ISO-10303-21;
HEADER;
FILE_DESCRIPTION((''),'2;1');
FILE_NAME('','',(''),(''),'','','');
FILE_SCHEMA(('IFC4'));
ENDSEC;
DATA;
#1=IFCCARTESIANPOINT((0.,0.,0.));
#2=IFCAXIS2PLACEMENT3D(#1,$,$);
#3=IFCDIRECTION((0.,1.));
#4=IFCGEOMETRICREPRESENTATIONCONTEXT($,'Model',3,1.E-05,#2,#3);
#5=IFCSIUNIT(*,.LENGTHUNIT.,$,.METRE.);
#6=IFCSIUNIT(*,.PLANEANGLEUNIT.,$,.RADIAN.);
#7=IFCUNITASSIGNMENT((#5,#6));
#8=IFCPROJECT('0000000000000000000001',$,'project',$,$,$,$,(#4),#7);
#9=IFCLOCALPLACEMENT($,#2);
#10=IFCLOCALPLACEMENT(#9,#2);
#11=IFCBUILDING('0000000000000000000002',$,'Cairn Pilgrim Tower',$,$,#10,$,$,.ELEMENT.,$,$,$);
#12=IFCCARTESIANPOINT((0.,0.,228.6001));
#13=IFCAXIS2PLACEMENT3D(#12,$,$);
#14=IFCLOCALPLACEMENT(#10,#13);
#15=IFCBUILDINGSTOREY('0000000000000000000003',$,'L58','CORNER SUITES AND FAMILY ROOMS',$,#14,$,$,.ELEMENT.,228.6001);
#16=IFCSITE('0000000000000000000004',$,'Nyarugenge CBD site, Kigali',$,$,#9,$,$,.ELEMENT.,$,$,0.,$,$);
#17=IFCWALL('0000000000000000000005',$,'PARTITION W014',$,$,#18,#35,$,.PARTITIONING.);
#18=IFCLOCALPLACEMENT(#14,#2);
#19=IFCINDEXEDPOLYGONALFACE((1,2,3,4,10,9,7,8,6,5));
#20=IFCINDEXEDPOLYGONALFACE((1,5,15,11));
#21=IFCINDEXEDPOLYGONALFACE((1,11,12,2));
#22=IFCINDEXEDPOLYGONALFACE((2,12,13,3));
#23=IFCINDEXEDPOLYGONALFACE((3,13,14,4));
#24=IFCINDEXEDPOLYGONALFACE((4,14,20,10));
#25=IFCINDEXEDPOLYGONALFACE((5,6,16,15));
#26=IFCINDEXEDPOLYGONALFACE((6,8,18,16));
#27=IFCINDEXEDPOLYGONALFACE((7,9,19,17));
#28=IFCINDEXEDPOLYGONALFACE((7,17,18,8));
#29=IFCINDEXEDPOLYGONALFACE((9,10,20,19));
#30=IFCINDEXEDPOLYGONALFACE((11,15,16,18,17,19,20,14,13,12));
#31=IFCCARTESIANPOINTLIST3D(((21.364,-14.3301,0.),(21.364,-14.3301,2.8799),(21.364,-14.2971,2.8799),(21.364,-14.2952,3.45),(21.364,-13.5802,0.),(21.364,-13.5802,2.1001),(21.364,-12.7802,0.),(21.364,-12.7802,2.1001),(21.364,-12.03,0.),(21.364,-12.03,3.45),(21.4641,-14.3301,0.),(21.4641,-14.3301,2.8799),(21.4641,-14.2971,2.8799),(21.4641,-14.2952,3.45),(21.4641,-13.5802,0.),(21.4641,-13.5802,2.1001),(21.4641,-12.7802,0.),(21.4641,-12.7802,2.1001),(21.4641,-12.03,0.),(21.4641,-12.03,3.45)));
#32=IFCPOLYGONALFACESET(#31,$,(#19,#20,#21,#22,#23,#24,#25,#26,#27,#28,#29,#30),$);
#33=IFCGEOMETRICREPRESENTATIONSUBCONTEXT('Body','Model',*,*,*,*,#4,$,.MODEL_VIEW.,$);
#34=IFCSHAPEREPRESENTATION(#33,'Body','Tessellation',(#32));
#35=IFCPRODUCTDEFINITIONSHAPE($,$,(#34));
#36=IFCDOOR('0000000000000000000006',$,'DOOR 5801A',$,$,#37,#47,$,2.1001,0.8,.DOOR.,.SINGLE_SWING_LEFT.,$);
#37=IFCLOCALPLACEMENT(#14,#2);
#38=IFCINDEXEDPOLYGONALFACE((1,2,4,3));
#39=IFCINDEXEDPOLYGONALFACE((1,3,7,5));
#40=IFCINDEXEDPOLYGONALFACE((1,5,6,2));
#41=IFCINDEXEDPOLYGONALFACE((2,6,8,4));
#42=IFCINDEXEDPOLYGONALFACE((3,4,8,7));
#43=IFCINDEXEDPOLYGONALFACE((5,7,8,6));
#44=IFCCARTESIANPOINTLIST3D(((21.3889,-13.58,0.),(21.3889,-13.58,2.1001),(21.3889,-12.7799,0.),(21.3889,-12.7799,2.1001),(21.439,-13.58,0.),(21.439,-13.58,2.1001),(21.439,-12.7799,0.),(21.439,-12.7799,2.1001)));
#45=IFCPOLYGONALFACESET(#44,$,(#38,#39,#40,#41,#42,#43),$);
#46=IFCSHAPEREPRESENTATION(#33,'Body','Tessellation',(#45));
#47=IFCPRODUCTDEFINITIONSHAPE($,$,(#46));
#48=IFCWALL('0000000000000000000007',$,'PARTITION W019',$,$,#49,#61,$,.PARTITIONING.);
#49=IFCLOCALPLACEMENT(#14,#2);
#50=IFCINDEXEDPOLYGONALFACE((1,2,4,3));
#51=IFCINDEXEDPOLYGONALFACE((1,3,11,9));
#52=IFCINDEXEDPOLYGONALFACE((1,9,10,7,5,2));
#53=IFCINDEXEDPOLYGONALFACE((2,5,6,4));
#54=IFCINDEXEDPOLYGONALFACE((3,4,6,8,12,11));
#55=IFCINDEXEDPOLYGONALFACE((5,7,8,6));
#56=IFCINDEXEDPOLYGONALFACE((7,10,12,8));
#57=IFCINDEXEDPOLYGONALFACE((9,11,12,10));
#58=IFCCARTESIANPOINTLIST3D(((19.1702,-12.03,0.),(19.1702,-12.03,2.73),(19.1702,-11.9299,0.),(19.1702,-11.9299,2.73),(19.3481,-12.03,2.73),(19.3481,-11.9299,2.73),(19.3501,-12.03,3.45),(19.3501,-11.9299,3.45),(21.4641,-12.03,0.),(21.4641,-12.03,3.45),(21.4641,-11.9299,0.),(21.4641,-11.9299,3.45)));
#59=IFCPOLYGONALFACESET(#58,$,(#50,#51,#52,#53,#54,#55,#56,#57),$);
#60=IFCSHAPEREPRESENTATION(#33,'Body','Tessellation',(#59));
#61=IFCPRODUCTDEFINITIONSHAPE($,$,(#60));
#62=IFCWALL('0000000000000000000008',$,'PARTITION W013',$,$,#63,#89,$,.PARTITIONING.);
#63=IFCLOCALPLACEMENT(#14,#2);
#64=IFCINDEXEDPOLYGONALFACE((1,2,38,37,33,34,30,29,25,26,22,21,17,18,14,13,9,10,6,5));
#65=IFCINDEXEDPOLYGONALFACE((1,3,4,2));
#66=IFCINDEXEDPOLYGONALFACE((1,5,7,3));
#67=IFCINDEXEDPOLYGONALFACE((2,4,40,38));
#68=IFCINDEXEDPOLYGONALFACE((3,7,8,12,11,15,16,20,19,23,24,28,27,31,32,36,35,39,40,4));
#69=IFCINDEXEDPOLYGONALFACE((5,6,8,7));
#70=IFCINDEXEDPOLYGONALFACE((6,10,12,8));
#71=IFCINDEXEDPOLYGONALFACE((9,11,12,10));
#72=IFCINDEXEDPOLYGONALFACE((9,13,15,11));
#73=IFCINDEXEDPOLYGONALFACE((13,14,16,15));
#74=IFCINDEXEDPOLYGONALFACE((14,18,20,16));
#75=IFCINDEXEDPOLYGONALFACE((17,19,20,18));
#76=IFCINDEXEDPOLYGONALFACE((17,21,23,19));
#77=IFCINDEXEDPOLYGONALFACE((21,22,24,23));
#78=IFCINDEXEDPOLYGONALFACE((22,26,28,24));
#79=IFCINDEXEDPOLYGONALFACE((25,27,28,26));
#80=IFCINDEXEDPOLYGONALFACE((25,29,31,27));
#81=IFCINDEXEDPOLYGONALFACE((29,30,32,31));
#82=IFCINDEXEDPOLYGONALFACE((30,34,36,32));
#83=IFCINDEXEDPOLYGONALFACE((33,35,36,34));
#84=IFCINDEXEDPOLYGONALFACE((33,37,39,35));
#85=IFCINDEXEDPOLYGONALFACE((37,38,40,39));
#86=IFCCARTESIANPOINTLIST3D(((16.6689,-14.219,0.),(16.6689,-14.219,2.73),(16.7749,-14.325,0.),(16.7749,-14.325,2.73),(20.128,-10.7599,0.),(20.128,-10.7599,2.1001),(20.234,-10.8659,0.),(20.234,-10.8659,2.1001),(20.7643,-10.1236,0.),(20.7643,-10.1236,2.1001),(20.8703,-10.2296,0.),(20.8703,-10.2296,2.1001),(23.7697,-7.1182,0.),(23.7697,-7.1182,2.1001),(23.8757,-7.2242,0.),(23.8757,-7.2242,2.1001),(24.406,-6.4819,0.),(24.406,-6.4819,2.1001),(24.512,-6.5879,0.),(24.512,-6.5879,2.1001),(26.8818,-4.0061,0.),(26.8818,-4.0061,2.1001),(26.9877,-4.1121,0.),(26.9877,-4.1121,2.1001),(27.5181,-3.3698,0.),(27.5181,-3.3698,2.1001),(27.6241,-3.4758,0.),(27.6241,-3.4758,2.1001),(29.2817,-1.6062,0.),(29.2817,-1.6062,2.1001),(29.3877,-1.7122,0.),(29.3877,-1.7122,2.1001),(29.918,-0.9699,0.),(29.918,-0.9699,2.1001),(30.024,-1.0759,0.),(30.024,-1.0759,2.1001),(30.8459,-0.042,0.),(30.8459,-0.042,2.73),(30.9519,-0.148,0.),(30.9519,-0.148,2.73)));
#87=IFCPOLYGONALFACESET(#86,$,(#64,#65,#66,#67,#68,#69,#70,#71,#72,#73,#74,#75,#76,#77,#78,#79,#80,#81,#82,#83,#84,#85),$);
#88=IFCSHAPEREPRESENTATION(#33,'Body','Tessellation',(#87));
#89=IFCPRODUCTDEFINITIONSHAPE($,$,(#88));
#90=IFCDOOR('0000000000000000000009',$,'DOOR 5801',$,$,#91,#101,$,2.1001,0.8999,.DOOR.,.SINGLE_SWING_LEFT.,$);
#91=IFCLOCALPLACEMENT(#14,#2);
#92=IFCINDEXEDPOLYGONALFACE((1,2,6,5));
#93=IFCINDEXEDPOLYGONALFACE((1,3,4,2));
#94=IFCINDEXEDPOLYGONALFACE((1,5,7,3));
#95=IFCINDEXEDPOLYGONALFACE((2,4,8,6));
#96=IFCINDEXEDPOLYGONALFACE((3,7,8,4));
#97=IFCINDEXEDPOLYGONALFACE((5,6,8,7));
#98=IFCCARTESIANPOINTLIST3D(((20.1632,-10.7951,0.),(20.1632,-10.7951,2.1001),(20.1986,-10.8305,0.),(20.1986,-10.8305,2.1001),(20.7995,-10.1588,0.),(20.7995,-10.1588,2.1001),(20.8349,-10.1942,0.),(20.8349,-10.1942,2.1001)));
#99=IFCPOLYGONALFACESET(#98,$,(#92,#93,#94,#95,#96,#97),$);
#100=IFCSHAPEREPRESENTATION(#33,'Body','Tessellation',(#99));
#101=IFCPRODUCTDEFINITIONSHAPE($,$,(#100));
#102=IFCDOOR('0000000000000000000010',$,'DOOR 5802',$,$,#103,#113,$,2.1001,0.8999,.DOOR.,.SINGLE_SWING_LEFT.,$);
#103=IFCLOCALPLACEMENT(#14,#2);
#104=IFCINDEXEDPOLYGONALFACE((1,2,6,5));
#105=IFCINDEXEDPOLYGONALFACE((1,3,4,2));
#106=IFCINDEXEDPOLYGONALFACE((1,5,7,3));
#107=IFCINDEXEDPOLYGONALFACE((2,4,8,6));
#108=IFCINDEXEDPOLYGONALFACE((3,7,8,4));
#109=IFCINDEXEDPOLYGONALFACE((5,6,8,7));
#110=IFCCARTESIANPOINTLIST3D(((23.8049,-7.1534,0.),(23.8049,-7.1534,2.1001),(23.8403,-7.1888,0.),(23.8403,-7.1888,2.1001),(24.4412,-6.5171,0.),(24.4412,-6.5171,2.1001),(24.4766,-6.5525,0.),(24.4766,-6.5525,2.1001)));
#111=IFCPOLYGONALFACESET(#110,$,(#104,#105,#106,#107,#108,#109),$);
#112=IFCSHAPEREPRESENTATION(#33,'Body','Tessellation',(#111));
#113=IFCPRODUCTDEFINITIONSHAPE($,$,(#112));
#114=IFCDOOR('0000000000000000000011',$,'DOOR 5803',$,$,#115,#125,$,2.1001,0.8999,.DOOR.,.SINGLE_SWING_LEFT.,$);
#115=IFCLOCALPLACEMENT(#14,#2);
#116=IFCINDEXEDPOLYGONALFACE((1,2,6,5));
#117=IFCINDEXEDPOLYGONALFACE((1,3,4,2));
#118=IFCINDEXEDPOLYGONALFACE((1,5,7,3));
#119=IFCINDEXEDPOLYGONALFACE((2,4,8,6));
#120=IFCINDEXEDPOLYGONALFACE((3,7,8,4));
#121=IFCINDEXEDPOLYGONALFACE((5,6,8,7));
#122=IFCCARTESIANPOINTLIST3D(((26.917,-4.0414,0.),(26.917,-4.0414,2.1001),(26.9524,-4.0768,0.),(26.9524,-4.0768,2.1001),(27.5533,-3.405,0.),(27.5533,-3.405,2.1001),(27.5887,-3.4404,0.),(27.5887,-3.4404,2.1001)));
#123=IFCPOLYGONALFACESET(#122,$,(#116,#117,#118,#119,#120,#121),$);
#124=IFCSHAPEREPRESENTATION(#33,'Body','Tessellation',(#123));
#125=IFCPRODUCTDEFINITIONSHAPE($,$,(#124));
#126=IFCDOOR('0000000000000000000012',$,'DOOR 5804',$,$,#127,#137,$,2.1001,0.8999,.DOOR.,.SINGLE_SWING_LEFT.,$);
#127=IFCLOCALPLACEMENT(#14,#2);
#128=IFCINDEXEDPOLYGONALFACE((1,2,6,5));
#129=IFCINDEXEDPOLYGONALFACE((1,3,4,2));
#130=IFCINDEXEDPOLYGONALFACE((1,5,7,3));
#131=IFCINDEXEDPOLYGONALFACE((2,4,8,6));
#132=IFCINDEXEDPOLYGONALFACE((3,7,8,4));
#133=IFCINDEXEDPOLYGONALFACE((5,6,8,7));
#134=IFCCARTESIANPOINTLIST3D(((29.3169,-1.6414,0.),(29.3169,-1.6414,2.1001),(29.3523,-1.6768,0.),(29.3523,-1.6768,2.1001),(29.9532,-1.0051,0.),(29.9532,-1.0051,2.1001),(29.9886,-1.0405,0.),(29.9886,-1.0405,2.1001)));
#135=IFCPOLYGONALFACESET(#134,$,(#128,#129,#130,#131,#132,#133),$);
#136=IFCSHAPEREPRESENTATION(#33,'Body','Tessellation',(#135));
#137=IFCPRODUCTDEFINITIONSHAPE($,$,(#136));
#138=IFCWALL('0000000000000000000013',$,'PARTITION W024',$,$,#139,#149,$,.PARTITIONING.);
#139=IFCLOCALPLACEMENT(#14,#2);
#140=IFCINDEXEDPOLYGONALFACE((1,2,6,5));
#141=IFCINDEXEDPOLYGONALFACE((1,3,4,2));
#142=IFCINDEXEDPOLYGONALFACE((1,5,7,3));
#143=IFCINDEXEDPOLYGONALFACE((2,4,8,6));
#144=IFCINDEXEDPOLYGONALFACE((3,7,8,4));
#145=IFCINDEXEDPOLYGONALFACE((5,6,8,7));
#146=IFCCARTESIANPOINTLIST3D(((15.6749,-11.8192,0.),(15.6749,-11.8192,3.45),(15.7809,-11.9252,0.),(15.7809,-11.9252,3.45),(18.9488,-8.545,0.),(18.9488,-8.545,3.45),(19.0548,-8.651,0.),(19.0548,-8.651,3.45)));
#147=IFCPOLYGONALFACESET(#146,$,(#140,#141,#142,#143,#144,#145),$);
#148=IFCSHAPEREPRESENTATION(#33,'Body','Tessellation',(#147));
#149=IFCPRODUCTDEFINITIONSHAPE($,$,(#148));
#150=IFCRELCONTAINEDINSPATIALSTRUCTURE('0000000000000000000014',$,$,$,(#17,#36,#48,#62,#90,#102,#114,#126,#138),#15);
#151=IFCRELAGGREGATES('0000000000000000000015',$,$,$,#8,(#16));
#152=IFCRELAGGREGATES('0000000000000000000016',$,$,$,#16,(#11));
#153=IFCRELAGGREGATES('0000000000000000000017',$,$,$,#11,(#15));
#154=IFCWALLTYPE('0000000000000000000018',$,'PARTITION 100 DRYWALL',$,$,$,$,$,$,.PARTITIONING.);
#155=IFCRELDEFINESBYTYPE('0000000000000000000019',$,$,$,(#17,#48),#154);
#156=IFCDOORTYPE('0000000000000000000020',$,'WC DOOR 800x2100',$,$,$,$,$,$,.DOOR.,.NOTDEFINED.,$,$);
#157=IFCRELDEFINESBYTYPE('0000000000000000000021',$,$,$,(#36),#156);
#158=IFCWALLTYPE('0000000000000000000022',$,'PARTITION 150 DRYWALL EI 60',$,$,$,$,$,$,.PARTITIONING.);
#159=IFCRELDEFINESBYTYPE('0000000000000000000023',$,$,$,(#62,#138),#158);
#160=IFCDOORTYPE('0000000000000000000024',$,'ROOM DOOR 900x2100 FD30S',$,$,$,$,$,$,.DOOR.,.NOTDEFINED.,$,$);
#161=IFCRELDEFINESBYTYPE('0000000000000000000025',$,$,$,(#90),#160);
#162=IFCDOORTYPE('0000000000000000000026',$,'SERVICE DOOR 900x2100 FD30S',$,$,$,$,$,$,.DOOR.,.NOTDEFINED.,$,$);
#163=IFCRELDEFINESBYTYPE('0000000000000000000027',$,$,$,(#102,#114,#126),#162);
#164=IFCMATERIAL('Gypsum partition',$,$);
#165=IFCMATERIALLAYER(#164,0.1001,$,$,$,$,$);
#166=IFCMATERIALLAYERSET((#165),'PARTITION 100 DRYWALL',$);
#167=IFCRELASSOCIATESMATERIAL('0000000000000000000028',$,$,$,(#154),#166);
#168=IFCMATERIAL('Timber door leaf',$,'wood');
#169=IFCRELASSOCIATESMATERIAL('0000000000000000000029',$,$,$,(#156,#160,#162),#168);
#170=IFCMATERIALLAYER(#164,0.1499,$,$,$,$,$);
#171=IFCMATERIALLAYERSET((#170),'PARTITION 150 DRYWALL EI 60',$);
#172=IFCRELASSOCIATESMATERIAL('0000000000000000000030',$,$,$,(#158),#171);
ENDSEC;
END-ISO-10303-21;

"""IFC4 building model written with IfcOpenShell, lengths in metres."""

from ifc_helpers import new_model, si_unit, direction, frame, frame_2d, origin, place, context, subcontext, project, spatial, polyline, rectangle, outline, extrude, material, layer, layer_set, type_object, element, fill, save


model = new_model("IFC4")

# Units and contexts
model_context = context("Model", 3, precision=1e-05, world=origin(), true_north=direction((0.0, 1.0)))
body_context = subcontext(model_context, "Body", "Model", "MODEL_VIEW")
ifc_project = project(units=[si_unit("LENGTHUNIT", "METRE"), si_unit("PLANEANGLEUNIT", "RADIAN")], contexts=[model_context])

# Site, building, storey
site_placement = place(None, origin())
site = spatial("IfcSite", under=ifc_project, at=site_placement, Name="Nyarugenge CBD site, Kigali", CompositionType="ELEMENT", RefElevation=0.0)
building_placement = place(site_placement, origin())
building = spatial("IfcBuilding", under=site, at=building_placement, Name="Cairn Pilgrim Tower", CompositionType="ELEMENT")
storey_placement = place(building_placement, frame((0.0, 0.0, 228.6001)))
storey = spatial("IfcBuildingStorey", under=building, at=storey_placement, Name="L58", Description="CORNER SUITES AND FAMILY ROOMS", CompositionType="ELEMENT", Elevation=228.6001)

# Shared definitions
ifc_material_1 = material(Name="Gypsum partition")
ifc_layer_1 = layer(ifc_material_1, 0.1001)
ifc_layer_set_1 = layer_set([ifc_layer_1], Name="PARTITION 100 DRYWALL")
wall_type_1 = type_object("IfcWallType", Name="PARTITION 100 DRYWALL", PredefinedType="PARTITIONING", material=ifc_layer_set_1)
ifc_material_2 = material(Name="Timber door leaf", Category="wood")

# Shared definitions
door_type_1 = type_object("IfcDoorType", Name="WC DOOR 800x2100", OperationType="NOTDEFINED", PredefinedType="DOOR", material=ifc_material_2)

# Wall, opening, door
wall_1_placement = place(storey_placement, frame((21.4141, -14.3301, 0.0), z_axis=(0.0, 0.0, 1.0), x_axis=(0.0, 1.0, 0.0)))
wall_1 = element("IfcWall", 1, at=wall_1_placement, inside=storey, type_object=wall_type_1, Name="PARTITION W014", PredefinedType="PARTITIONING", context=body_context, shape_type="SweptSolid", body=[
    extrude(outline(polyline([(0.0, 0.0), (2.3, 0.0), (2.3, 3.45), (0.0349, 3.45), (0.033, 2.8799), (0.0, 2.8799), (0.0, 0.0)])), frame((0.0, 0.05, 0.0), z_axis=(0.0, -1.0, 0.0), x_axis=(1.0, 0.0, 0.0)), (0.0, 0.0, 1.0), 0.1001),
])
opening_1_placement = place(wall_1_placement, frame((0.75, 0.0, 0.0)))
opening_1 = element("IfcOpeningElement", 2, at=opening_1_placement, cuts=wall_1, PredefinedType="OPENING", context=body_context, shape_type="SweptSolid", body=[
    extrude(rectangle(XDim=0.8, YDim=2.1001, at=frame_2d((0.3999, 1.05))), frame((0.0, 0.0601, 0.0), z_axis=(0.0, -1.0, 0.0), x_axis=(1.0, 0.0, 0.0)), (0.0, 0.0, 1.0), 0.1201),
])
door_1_placement = place(opening_1_placement, frame((0.8, 0.0, 0.0), z_axis=(0.0, 0.0, 1.0), x_axis=(-1.0, 0.0, 0.0)))
door_1 = element("IfcDoor", 3, at=door_1_placement, inside=storey, type_object=door_type_1, Name="DOOR 5801A", OperationType="SINGLE_SWING_LEFT", OverallHeight=2.1001, OverallWidth=0.8, PredefinedType="DOOR", context=body_context, shape_type="SweptSolid", body=[
    extrude(rectangle(XDim=0.8, YDim=2.1001, at=frame_2d((0.3999, 1.05))), frame((0.0, 0.0249, 0.0), z_axis=(0.0, -1.0, 0.0), x_axis=(1.0, 0.0, 0.0)), (0.0, 0.0, 1.0), 0.05),
])
fill(opening_1, door_1)

# Wall
wall_2_placement = place(storey_placement, frame((19.1702, -11.98, 0.0), z_axis=(0.0, 0.0, 1.0), x_axis=(1.0, 0.0, 0.0)))
element("IfcWall", 4, at=wall_2_placement, inside=storey, type_object=wall_type_1, Name="PARTITION W019", PredefinedType="PARTITIONING", context=body_context, shape_type="SweptSolid", body=[
    extrude(outline(polyline([(0.0, 0.0), (2.2939, 0.0), (2.2939, 3.45), (0.1799, 3.45), (0.178, 2.73), (0.0, 2.73), (0.0, 0.0)])), frame((0.0, 0.05, 0.0), z_axis=(0.0, -1.0, 0.0), x_axis=(1.0, 0.0, 0.0)), (0.0, 0.0, 1.0), 0.1001),
])

# Wall, openings, doors
ifc_layer_2 = layer(ifc_material_1, 0.1499)
ifc_layer_set_2 = layer_set([ifc_layer_2], Name="PARTITION 150 DRYWALL EI 60")
wall_type_2 = type_object("IfcWallType", Name="PARTITION 150 DRYWALL EI 60", PredefinedType="PARTITIONING", material=ifc_layer_set_2)
wall_3_placement = place(storey_placement, frame((16.7219, -14.272, 0.0), z_axis=(0.0, 0.0, 1.0), x_axis=(0.707107, 0.707107, 0.0)))
wall_3 = element("IfcWall", 5, at=wall_3_placement, inside=storey, type_object=wall_type_2, Name="PARTITION W013", PredefinedType="PARTITIONING", context=body_context, shape_type="SweptSolid", body=[
    extrude(rectangle(XDim=20.0493, YDim=0.1499, at=frame_2d((10.0247, 0.0))), origin(), (0.0, 0.0, 1.0), 2.73),
])
opening_2_placement = place(wall_3_placement, frame((4.8918, 0.0, 0.0)))
opening_2 = element("IfcOpeningElement", 6, at=opening_2_placement, cuts=wall_3, PredefinedType="OPENING", context=body_context, shape_type="SweptSolid", body=[
    extrude(rectangle(XDim=0.8999, YDim=2.1001, at=frame_2d((0.45, 1.05))), frame((0.0, 0.085, 0.0), z_axis=(0.0, -1.0, 0.0), x_axis=(1.0, 0.0, 0.0)), (0.0, 0.0, 1.0), 0.1699),
])
opening_3_placement = place(wall_3_placement, frame((10.042, 0.0, 0.0)))
opening_3 = element("IfcOpeningElement", 7, at=opening_3_placement, cuts=wall_3, PredefinedType="OPENING", context=body_context, shape_type="SweptSolid", body=[
    extrude(rectangle(XDim=0.8999, YDim=2.1001, at=frame_2d((0.45, 1.05))), frame((0.0, 0.085, 0.0), z_axis=(0.0, -1.0, 0.0), x_axis=(1.0, 0.0, 0.0)), (0.0, 0.0, 1.0), 0.1699),
])
opening_4_placement = place(wall_3_placement, frame((14.4431, 0.0, 0.0)))
opening_4 = element("IfcOpeningElement", 8, at=opening_4_placement, cuts=wall_3, PredefinedType="OPENING", context=body_context, shape_type="SweptSolid", body=[
    extrude(rectangle(XDim=0.8999, YDim=2.1001, at=frame_2d((0.45, 1.05))), frame((0.0, 0.085, 0.0), z_axis=(0.0, -1.0, 0.0), x_axis=(1.0, 0.0, 0.0)), (0.0, 0.0, 1.0), 0.1699),
])
opening_5_placement = place(wall_3_placement, frame((17.8372, 0.0, 0.0)))
opening_5 = element("IfcOpeningElement", 9, at=opening_5_placement, cuts=wall_3, PredefinedType="OPENING", context=body_context, shape_type="SweptSolid", body=[
    extrude(rectangle(XDim=0.8999, YDim=2.1001, at=frame_2d((0.45, 1.05))), frame((0.0, 0.085, 0.0), z_axis=(0.0, -1.0, 0.0), x_axis=(1.0, 0.0, 0.0)), (0.0, 0.0, 1.0), 0.1699),
])
door_type_2 = type_object("IfcDoorType", Name="ROOM DOOR 900x2100 FD30S", OperationType="NOTDEFINED", PredefinedType="DOOR", material=ifc_material_2)
door_2_placement = place(opening_2_placement, frame((0.8999, 0.0, 0.0), z_axis=(0.0, 0.0, 1.0), x_axis=(-1.0, 0.0, 0.0)))
door_2 = element("IfcDoor", 10, at=door_2_placement, inside=storey, type_object=door_type_2, Name="DOOR 5801", OperationType="SINGLE_SWING_LEFT", OverallHeight=2.1001, OverallWidth=0.8999, PredefinedType="DOOR", context=body_context, shape_type="SweptSolid", body=[
    extrude(rectangle(XDim=0.8999, YDim=2.1001, at=frame_2d((0.45, 1.05))), frame((0.0, 0.0249, 0.0), z_axis=(0.0, -1.0, 0.0), x_axis=(1.0, 0.0, 0.0)), (0.0, 0.0, 1.0), 0.05),
])
fill(opening_2, door_2)
door_type_3 = type_object("IfcDoorType", Name="SERVICE DOOR 900x2100 FD30S", OperationType="NOTDEFINED", PredefinedType="DOOR", material=ifc_material_2)
door_3_placement = place(opening_3_placement, frame((0.8999, 0.0, 0.0), z_axis=(0.0, 0.0, 1.0), x_axis=(-1.0, 0.0, 0.0)))
door_3 = element("IfcDoor", 11, at=door_3_placement, inside=storey, type_object=door_type_3, Name="DOOR 5802", OperationType="SINGLE_SWING_LEFT", OverallHeight=2.1001, OverallWidth=0.8999, PredefinedType="DOOR", context=body_context, shape_type="SweptSolid", body=[
    extrude(rectangle(XDim=0.8999, YDim=2.1001, at=frame_2d((0.45, 1.05))), frame((0.0, 0.0249, 0.0), z_axis=(0.0, -1.0, 0.0), x_axis=(1.0, 0.0, 0.0)), (0.0, 0.0, 1.0), 0.05),
])
fill(opening_3, door_3)
door_4_placement = place(opening_4_placement, frame((0.8999, 0.0, 0.0), z_axis=(0.0, 0.0, 1.0), x_axis=(-1.0, 0.0, 0.0)))
door_4 = element("IfcDoor", 12, at=door_4_placement, inside=storey, type_object=door_type_3, Name="DOOR 5803", OperationType="SINGLE_SWING_LEFT", OverallHeight=2.1001, OverallWidth=0.8999, PredefinedType="DOOR", context=body_context, shape_type="SweptSolid", body=[
    extrude(rectangle(XDim=0.8999, YDim=2.1001, at=frame_2d((0.45, 1.05))), frame((0.0, 0.0249, 0.0), z_axis=(0.0, -1.0, 0.0), x_axis=(1.0, 0.0, 0.0)), (0.0, 0.0, 1.0), 0.05),
])
fill(opening_4, door_4)
door_5_placement = place(opening_5_placement, frame((0.8999, 0.0, 0.0), z_axis=(0.0, 0.0, 1.0), x_axis=(-1.0, 0.0, 0.0)))
door_5 = element("IfcDoor", 13, at=door_5_placement, inside=storey, type_object=door_type_3, Name="DOOR 5804", OperationType="SINGLE_SWING_LEFT", OverallHeight=2.1001, OverallWidth=0.8999, PredefinedType="DOOR", context=body_context, shape_type="SweptSolid", body=[
    extrude(rectangle(XDim=0.8999, YDim=2.1001, at=frame_2d((0.45, 1.05))), frame((0.0, 0.0249, 0.0), z_axis=(0.0, -1.0, 0.0), x_axis=(1.0, 0.0, 0.0)), (0.0, 0.0, 1.0), 0.05),
])
fill(opening_5, door_5)

# Wall
wall_4_placement = place(storey_placement, frame((15.728, -11.8721, 0.0), z_axis=(0.0, 0.0, 1.0), x_axis=(0.70708, 0.707133, 0.0)))
element("IfcWall", 14, at=wall_4_placement, inside=storey, type_object=wall_type_2, Name="PARTITION W024", PredefinedType="PARTITIONING", context=body_context, shape_type="SweptSolid", body=[
    extrude(rectangle(XDim=4.6301, YDim=0.1499, at=frame_2d((2.3149, 0.0))), origin(), (0.0, 0.0, 1.0), 3.45),
])

save(model, "model.ifc")
